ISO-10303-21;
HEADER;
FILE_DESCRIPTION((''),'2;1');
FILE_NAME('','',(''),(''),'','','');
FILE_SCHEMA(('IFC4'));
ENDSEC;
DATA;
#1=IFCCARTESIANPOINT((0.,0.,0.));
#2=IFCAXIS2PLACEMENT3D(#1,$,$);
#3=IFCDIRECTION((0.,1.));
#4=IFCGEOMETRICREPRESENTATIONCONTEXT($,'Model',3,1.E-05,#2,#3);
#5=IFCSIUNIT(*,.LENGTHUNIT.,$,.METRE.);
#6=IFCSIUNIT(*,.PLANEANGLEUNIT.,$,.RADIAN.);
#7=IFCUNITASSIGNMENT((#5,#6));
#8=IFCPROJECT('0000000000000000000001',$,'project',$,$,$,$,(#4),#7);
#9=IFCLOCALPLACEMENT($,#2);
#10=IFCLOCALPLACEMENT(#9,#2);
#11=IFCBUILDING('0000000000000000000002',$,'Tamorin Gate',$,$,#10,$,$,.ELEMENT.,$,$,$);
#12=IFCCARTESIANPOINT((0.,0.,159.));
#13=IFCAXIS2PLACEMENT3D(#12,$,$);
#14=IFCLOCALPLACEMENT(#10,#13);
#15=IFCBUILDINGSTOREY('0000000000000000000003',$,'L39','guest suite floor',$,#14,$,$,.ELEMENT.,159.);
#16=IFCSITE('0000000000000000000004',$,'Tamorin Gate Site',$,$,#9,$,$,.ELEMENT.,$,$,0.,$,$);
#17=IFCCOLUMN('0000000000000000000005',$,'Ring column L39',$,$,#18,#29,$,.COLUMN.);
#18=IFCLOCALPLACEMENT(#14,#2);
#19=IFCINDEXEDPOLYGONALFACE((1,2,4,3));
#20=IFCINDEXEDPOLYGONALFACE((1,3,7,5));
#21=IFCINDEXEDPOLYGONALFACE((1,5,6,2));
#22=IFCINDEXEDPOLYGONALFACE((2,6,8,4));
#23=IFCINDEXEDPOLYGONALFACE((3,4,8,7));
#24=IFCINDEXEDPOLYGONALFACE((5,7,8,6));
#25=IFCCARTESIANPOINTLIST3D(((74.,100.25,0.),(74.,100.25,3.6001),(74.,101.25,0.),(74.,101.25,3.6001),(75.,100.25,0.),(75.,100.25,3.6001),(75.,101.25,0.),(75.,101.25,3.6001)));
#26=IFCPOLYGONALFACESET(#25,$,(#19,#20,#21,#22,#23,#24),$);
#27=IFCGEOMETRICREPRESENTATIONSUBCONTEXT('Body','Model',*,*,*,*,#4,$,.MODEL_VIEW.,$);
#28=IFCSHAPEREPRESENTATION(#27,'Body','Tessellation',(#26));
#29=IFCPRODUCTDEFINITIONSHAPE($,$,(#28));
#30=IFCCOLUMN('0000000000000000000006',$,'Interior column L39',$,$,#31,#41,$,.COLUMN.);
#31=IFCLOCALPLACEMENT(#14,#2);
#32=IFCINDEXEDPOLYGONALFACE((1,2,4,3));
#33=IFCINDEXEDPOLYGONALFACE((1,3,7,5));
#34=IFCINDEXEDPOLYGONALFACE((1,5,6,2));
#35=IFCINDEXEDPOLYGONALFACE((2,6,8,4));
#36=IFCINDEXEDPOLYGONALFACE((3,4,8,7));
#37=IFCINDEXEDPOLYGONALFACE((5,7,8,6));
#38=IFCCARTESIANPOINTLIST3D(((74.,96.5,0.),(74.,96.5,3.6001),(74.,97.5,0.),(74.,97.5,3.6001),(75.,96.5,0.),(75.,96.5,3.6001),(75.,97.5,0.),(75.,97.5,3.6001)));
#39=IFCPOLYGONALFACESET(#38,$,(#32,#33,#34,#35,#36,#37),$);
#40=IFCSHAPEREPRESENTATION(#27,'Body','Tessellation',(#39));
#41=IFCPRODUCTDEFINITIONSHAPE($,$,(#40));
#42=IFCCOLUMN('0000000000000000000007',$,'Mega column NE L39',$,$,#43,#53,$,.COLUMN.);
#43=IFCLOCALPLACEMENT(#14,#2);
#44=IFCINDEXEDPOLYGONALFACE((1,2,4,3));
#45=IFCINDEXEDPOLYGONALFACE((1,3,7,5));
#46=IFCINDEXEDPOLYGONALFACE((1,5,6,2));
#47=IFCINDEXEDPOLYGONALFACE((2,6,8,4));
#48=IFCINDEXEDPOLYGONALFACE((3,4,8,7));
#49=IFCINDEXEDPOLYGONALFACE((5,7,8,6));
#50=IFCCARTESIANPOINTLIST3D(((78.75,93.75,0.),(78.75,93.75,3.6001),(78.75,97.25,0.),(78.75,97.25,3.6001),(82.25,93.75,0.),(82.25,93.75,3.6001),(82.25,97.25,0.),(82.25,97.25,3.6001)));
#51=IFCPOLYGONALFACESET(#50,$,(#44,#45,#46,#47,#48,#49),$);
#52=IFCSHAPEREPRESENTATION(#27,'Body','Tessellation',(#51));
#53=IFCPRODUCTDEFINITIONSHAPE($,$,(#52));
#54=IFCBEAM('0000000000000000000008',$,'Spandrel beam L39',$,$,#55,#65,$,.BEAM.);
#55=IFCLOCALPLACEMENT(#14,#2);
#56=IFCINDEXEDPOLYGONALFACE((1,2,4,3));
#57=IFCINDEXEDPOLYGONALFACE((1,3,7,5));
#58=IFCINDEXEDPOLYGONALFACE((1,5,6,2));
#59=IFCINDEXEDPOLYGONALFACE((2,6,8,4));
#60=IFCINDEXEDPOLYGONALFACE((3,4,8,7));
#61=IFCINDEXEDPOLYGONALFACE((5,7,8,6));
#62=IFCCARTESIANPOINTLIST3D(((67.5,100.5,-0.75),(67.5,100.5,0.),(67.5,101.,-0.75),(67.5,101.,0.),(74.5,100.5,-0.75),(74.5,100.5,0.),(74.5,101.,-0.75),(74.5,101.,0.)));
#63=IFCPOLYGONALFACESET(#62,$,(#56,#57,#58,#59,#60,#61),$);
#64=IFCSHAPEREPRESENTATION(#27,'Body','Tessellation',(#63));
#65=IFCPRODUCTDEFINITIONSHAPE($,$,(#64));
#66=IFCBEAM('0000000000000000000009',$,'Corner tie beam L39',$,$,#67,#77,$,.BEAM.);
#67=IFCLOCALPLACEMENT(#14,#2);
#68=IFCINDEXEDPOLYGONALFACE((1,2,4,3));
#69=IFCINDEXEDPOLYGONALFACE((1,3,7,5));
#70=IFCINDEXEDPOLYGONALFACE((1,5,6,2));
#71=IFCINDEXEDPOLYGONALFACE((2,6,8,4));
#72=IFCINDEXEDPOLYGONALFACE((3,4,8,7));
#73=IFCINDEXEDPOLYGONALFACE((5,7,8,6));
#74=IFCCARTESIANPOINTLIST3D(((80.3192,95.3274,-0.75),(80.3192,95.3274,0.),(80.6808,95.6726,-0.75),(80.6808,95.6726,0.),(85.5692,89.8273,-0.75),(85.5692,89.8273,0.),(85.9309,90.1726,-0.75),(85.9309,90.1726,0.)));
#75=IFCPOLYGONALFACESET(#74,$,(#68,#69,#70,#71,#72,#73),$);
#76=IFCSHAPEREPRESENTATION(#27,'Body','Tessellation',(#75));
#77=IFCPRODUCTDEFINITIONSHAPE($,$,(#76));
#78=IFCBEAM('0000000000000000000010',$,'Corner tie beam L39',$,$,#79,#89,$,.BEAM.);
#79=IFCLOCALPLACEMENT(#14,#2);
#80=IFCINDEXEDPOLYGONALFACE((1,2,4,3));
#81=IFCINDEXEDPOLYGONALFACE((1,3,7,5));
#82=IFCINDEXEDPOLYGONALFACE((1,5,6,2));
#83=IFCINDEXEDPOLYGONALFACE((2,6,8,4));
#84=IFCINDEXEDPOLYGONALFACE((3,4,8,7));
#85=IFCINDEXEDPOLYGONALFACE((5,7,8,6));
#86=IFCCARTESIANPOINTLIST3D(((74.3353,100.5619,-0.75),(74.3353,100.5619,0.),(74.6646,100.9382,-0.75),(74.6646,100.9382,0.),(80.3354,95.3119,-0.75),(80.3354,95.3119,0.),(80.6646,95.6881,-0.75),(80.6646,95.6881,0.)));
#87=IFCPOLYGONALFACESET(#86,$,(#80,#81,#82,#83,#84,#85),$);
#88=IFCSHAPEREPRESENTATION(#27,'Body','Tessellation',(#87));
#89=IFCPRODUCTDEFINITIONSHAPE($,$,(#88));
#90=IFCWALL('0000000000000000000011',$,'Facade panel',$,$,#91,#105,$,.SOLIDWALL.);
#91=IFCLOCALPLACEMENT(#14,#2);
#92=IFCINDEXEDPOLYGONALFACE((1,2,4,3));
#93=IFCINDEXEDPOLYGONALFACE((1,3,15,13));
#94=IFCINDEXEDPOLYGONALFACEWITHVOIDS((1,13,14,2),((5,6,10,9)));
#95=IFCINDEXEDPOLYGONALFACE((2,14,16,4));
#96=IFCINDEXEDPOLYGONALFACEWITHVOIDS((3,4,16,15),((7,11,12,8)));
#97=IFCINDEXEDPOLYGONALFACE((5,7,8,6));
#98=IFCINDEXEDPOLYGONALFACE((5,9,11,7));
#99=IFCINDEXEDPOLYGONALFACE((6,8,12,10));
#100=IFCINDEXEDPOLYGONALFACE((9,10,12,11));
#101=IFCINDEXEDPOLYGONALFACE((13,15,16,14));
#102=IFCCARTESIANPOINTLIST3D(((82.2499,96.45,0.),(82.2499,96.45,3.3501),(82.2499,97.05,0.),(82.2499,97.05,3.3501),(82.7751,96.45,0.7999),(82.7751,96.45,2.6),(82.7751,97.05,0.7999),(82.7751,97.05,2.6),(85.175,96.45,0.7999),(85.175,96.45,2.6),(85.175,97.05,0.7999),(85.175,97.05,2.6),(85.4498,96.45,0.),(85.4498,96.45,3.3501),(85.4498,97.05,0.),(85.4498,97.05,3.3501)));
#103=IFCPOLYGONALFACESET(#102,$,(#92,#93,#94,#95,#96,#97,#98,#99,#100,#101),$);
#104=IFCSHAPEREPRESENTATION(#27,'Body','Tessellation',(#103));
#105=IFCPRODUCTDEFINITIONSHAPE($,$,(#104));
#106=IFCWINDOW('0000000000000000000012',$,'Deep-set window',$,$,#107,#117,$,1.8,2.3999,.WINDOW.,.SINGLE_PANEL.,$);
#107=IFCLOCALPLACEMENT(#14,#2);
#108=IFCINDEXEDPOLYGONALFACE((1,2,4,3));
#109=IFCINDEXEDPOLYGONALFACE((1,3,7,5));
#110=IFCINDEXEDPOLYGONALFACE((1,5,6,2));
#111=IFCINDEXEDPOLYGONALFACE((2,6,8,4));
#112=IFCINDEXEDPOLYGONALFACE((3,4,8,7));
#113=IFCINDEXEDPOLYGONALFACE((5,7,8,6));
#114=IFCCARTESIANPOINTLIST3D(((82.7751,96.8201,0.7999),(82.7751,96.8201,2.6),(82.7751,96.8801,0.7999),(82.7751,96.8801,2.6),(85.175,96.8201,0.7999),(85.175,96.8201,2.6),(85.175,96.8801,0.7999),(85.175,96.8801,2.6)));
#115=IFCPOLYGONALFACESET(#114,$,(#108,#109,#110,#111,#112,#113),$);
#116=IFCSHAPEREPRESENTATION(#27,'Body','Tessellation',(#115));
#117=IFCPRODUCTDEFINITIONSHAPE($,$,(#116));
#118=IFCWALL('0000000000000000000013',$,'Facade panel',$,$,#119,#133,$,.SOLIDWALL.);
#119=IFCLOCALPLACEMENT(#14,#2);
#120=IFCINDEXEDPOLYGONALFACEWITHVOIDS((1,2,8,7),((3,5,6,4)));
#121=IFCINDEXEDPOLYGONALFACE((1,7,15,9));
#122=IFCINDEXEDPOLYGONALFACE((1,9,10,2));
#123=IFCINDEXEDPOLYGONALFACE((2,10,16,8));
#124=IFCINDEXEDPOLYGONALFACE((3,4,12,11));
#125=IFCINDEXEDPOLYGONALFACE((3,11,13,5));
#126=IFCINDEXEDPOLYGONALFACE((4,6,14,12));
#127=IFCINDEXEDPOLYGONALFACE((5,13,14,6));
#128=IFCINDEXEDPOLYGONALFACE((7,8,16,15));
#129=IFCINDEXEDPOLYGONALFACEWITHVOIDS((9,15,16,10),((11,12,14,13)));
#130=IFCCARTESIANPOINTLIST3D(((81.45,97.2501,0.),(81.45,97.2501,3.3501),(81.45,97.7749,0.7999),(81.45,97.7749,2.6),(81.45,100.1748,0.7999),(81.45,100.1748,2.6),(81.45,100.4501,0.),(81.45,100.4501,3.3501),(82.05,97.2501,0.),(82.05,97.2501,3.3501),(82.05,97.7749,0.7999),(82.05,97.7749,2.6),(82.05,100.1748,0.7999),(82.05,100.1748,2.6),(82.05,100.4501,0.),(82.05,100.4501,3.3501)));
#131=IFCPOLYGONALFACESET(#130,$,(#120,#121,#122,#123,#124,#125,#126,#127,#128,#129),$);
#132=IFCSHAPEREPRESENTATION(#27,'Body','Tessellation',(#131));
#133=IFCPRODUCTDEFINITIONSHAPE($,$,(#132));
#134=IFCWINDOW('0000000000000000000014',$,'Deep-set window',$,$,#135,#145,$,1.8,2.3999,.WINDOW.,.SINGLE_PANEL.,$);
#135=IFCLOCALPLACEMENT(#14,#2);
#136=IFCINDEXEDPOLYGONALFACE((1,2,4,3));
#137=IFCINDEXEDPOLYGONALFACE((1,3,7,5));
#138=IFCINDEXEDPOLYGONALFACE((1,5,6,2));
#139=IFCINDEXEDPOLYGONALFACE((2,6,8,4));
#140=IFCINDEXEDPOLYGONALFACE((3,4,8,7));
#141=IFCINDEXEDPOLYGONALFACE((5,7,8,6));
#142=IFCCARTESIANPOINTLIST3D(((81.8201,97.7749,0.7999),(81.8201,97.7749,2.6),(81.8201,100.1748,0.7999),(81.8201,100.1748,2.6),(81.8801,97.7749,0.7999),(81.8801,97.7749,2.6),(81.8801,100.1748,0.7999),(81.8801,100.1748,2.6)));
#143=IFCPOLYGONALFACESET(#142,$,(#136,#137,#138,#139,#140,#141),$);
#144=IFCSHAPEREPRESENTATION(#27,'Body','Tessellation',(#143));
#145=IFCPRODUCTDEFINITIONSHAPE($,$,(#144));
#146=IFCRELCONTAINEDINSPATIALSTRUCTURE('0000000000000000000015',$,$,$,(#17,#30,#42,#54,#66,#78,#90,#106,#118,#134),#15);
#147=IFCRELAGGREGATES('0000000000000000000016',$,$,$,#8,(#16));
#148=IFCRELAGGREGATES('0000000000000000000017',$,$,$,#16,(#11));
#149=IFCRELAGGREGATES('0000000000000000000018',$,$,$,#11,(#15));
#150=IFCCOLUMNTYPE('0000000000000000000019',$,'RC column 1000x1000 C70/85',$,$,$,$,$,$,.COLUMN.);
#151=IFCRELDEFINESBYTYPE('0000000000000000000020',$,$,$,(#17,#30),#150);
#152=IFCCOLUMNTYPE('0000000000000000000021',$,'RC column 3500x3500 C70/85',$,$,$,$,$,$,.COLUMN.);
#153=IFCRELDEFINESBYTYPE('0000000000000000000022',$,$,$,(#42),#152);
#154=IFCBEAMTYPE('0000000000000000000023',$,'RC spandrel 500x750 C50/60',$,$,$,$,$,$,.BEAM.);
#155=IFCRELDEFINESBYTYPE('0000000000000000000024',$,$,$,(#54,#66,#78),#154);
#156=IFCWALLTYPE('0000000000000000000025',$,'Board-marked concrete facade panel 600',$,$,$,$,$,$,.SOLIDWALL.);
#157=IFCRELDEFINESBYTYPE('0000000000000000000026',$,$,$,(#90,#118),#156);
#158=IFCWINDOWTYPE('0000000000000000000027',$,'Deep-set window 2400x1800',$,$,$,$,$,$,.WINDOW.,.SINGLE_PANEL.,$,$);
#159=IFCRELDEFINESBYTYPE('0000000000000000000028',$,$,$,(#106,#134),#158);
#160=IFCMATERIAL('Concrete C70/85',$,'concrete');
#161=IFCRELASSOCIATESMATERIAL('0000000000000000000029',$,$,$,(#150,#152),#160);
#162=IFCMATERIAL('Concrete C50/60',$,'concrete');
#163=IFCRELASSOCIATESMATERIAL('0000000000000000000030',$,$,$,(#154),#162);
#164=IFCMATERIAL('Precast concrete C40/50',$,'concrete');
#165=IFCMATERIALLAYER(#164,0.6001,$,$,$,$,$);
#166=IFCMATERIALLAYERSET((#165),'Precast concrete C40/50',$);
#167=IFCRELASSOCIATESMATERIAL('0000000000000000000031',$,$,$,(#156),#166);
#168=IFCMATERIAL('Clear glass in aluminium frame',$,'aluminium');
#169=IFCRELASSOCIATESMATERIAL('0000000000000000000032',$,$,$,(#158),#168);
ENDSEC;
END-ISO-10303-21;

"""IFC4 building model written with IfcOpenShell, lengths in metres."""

from ifc_helpers import new_model, si_unit, direction, frame, frame_2d, origin, origin_2d, place, context, subcontext, project, spatial, rectangle, extrude, material, layer, layer_set, material_profile, profile_set, type_object, element, fill, save


model = new_model("IFC4")

# Units and contexts
model_context = context("Model", 3, precision=1e-05, world=origin(), true_north=direction((0.0, 1.0)))
body_context = subcontext(model_context, "Body", "Model", "MODEL_VIEW")
ifc_project = project(units=[si_unit("LENGTHUNIT", "METRE"), si_unit("PLANEANGLEUNIT", "RADIAN")], contexts=[model_context])

# Site, building, storey
site_placement = place(None, origin())
site = spatial("IfcSite", under=ifc_project, at=site_placement, Name="Tamorin Gate Site", CompositionType="ELEMENT", RefElevation=0.0)
building_placement = place(site_placement, origin())
building = spatial("IfcBuilding", under=site, at=building_placement, Name="Tamorin Gate", CompositionType="ELEMENT")
storey_placement = place(building_placement, frame((0.0, 0.0, 159.0)))
storey = spatial("IfcBuildingStorey", under=building, at=storey_placement, Name="L39", Description="guest suite floor", CompositionType="ELEMENT", Elevation=159.0)

# Columns
ifc_material_1 = material(Name="Concrete C70/85", Category="concrete")
ifc_material_profile_1 = material_profile(ifc_material_1, rectangle(XDim=1.0, YDim=1.0, at=origin_2d()), Name="RC 1000x1000")
ifc_profile_set_1 = profile_set([ifc_material_profile_1], Name="Concrete C70/85")
column_type_1 = type_object("IfcColumnType", Name="RC column 1000x1000 C70/85", PredefinedType="COLUMN", material=ifc_profile_set_1)
for number, where, z_axis, x_axis, name in (
    (1, (74.5, 100.75, 0.0), (0.0, 0.0, 1.0), (1.0, 0.0, 0.0), "Ring column L39"),
    (2, (74.5, 97.0, 0.0), (0.0, 0.0, 1.0), (1.0, 0.0, 0.0), "Interior column L39"),
):
    element("IfcColumn", number, at=place(storey_placement, frame(where, z_axis=z_axis, x_axis=x_axis)), inside=storey, type_object=column_type_1, Name=name, PredefinedType="COLUMN", context=body_context, shape_type="SweptSolid", body=[
        extrude(rectangle(XDim=1.0, YDim=1.0, at=origin_2d()), origin(), (0.0, 0.0, 1.0), 3.6001),
    ])
ifc_material_profile_2 = material_profile(ifc_material_1, rectangle(XDim=3.5, YDim=3.5, at=origin_2d()), Name="RC 3500x3500")
ifc_profile_set_2 = profile_set([ifc_material_profile_2], Name="Concrete C70/85")
column_type_2 = type_object("IfcColumnType", Name="RC column 3500x3500 C70/85", PredefinedType="COLUMN", material=ifc_profile_set_2)
column_placement = place(storey_placement, frame((80.5, 95.5, 0.0), z_axis=(0.0, 0.0, 1.0), x_axis=(1.0, 0.0, 0.0)))
element("IfcColumn", 3, at=column_placement, inside=storey, type_object=column_type_2, Name="Mega column NE L39", PredefinedType="COLUMN", context=body_context, shape_type="SweptSolid", body=[
    extrude(rectangle(XDim=3.5, YDim=3.5, at=origin_2d()), origin(), (0.0, 0.0, 1.0), 3.6001),
])

# Beams
ifc_material_2 = material(Name="Concrete C50/60", Category="concrete")
ifc_material_profile_3 = material_profile(ifc_material_2, rectangle(XDim=0.5, YDim=0.75, at=origin_2d()), Name="RC 500x750")
ifc_profile_set_3 = profile_set([ifc_material_profile_3], Name="Concrete C50/60")
beam_type = type_object("IfcBeamType", Name="RC spandrel 500x750 C50/60", PredefinedType="BEAM", material=ifc_profile_set_3)
beam_1_placement = place(storey_placement, frame((74.5, 100.75, -0.375), z_axis=(-1.0, 0.0, 0.0), x_axis=(0.0, -1.0, 0.0)))
element("IfcBeam", 4, at=beam_1_placement, inside=storey, type_object=beam_type, Name="Spandrel beam L39", PredefinedType="BEAM", context=body_context, shape_type="SweptSolid", body=[
    extrude(rectangle(XDim=0.5, YDim=0.75, at=origin_2d()), origin(), (0.0, 0.0, 1.0), 7.0),
])
beam_2_placement = place(storey_placement, frame((80.5, 95.5, -0.375), z_axis=(0.690476, -0.723356, 0.0), x_axis=(0.723356, 0.690476, 0.0)))
element("IfcBeam", 5, at=beam_2_placement, inside=storey, type_object=beam_type, Name="Corner tie beam L39", PredefinedType="BEAM", context=body_context, shape_type="SweptSolid", body=[
    extrude(rectangle(XDim=0.5, YDim=0.75, at=origin_2d()), origin(), (0.0, 0.0, 1.0), 7.6035),
])
beam_3_placement = place(storey_placement, frame((80.5, 95.5, -0.375), z_axis=(-0.752577, 0.658505, 0.0), x_axis=(-0.658505, -0.752577, 0.0)))
element("IfcBeam", 6, at=beam_3_placement, inside=storey, type_object=beam_type, Name="Corner tie beam L39", PredefinedType="BEAM", context=body_context, shape_type="SweptSolid", body=[
    extrude(rectangle(XDim=0.5, YDim=0.75, at=origin_2d()), origin(), (0.0, 0.0, 1.0), 7.9727),
])

# Walls, openings, windows
ifc_material_3 = material(Name="Precast concrete C40/50", Category="concrete")
ifc_layer_1 = layer(ifc_material_3, 0.6001)
ifc_layer_set_1 = layer_set([ifc_layer_1], Name="Precast concrete C40/50")
wall_type_1 = type_object("IfcWallType", Name="Board-marked concrete facade panel 600", PredefinedType="SOLIDWALL", material=ifc_layer_set_1)
wall_1_placement = place(storey_placement, frame((85.45, 96.75, 0.0), z_axis=(0.0, 0.0, 1.0), x_axis=(-1.0, 0.0, 0.0)))
wall_1 = element("IfcWall", 7, at=wall_1_placement, inside=storey, type_object=wall_type_1, Name="Facade panel", PredefinedType="SOLIDWALL", context=body_context, shape_type="SweptSolid", body=[
    extrude(rectangle(XDim=3.2, YDim=0.6001, at=frame_2d((1.6001, 0.0))), origin(), (0.0, 0.0, 1.0), 3.3501),
])
opening_1_placement = place(wall_1_placement, frame((0.2749, 0.0, 0.8)))
opening_1 = element("IfcOpeningElement", 8, at=opening_1_placement, cuts=wall_1, PredefinedType="OPENING", context=body_context, shape_type="SweptSolid", body=[
    extrude(rectangle(XDim=2.3999, YDim=1.8, at=frame_2d((1.2, 0.8999))), frame((0.0, 0.3101, 0.0), z_axis=(0.0, -1.0, 0.0), x_axis=(1.0, 0.0, 0.0)), (0.0, 0.0, 1.0), 0.6201),
])
ifc_material_4 = material(Name="Clear glass in aluminium frame", Category="aluminium")
window_type_1 = type_object("IfcWindowType", Name="Deep-set window 2400x1800", PartitioningType="SINGLE_PANEL", PredefinedType="WINDOW", material=ifc_material_4)
window_1_placement = place(opening_1_placement, origin())
window_1 = element("IfcWindow", 9, at=window_1_placement, inside=storey, type_object=window_type_1, Name="Deep-set window", OverallHeight=1.8, OverallWidth=2.3999, PartitioningType="SINGLE_PANEL", PredefinedType="WINDOW", context=body_context, shape_type="SweptSolid", body=[
    extrude(rectangle(XDim=2.3999, YDim=1.8, at=frame_2d((1.2, 0.8999))), frame((0.0, -0.0701, 0.0), z_axis=(0.0, -1.0, 0.0), x_axis=(1.0, 0.0, 0.0)), (0.0, 0.0, 1.0), 0.0601),
])
fill(opening_1, window_1)
wall_2_placement = place(storey_placement, frame((81.75, 97.25, 0.0), z_axis=(0.0, 0.0, 1.0), x_axis=(0.0, 1.0, 0.0)))
wall_2 = element("IfcWall", 10, at=wall_2_placement, inside=storey, type_object=wall_type_1, Name="Facade panel", PredefinedType="SOLIDWALL", context=body_context, shape_type="SweptSolid", body=[
    extrude(rectangle(XDim=3.2, YDim=0.6001, at=frame_2d((1.6001, 0.0))), origin(), (0.0, 0.0, 1.0), 3.3501),
])
opening_2_placement = place(wall_2_placement, frame((0.5249, 0.0, 0.8)))
opening_2 = element("IfcOpeningElement", 11, at=opening_2_placement, cuts=wall_2, PredefinedType="OPENING", context=body_context, shape_type="SweptSolid", body=[
    extrude(rectangle(XDim=2.3999, YDim=1.8, at=frame_2d((1.2, 0.8999))), frame((0.0, 0.3101, 0.0), z_axis=(0.0, -1.0, 0.0), x_axis=(1.0, 0.0, 0.0)), (0.0, 0.0, 1.0), 0.6201),
])
window_2_placement = place(opening_2_placement, origin())
window_2 = element("IfcWindow", 12, at=window_2_placement, inside=storey, type_object=window_type_1, Name="Deep-set window", OverallHeight=1.8, OverallWidth=2.3999, PartitioningType="SINGLE_PANEL", PredefinedType="WINDOW", context=body_context, shape_type="SweptSolid", body=[
    extrude(rectangle(XDim=2.3999, YDim=1.8, at=frame_2d((1.2, 0.8999))), frame((0.0, -0.0701, 0.0), z_axis=(0.0, -1.0, 0.0), x_axis=(1.0, 0.0, 0.0)), (0.0, 0.0, 1.0), 0.0601),
])
fill(opening_2, window_2)

save(model, "model.ifc")
